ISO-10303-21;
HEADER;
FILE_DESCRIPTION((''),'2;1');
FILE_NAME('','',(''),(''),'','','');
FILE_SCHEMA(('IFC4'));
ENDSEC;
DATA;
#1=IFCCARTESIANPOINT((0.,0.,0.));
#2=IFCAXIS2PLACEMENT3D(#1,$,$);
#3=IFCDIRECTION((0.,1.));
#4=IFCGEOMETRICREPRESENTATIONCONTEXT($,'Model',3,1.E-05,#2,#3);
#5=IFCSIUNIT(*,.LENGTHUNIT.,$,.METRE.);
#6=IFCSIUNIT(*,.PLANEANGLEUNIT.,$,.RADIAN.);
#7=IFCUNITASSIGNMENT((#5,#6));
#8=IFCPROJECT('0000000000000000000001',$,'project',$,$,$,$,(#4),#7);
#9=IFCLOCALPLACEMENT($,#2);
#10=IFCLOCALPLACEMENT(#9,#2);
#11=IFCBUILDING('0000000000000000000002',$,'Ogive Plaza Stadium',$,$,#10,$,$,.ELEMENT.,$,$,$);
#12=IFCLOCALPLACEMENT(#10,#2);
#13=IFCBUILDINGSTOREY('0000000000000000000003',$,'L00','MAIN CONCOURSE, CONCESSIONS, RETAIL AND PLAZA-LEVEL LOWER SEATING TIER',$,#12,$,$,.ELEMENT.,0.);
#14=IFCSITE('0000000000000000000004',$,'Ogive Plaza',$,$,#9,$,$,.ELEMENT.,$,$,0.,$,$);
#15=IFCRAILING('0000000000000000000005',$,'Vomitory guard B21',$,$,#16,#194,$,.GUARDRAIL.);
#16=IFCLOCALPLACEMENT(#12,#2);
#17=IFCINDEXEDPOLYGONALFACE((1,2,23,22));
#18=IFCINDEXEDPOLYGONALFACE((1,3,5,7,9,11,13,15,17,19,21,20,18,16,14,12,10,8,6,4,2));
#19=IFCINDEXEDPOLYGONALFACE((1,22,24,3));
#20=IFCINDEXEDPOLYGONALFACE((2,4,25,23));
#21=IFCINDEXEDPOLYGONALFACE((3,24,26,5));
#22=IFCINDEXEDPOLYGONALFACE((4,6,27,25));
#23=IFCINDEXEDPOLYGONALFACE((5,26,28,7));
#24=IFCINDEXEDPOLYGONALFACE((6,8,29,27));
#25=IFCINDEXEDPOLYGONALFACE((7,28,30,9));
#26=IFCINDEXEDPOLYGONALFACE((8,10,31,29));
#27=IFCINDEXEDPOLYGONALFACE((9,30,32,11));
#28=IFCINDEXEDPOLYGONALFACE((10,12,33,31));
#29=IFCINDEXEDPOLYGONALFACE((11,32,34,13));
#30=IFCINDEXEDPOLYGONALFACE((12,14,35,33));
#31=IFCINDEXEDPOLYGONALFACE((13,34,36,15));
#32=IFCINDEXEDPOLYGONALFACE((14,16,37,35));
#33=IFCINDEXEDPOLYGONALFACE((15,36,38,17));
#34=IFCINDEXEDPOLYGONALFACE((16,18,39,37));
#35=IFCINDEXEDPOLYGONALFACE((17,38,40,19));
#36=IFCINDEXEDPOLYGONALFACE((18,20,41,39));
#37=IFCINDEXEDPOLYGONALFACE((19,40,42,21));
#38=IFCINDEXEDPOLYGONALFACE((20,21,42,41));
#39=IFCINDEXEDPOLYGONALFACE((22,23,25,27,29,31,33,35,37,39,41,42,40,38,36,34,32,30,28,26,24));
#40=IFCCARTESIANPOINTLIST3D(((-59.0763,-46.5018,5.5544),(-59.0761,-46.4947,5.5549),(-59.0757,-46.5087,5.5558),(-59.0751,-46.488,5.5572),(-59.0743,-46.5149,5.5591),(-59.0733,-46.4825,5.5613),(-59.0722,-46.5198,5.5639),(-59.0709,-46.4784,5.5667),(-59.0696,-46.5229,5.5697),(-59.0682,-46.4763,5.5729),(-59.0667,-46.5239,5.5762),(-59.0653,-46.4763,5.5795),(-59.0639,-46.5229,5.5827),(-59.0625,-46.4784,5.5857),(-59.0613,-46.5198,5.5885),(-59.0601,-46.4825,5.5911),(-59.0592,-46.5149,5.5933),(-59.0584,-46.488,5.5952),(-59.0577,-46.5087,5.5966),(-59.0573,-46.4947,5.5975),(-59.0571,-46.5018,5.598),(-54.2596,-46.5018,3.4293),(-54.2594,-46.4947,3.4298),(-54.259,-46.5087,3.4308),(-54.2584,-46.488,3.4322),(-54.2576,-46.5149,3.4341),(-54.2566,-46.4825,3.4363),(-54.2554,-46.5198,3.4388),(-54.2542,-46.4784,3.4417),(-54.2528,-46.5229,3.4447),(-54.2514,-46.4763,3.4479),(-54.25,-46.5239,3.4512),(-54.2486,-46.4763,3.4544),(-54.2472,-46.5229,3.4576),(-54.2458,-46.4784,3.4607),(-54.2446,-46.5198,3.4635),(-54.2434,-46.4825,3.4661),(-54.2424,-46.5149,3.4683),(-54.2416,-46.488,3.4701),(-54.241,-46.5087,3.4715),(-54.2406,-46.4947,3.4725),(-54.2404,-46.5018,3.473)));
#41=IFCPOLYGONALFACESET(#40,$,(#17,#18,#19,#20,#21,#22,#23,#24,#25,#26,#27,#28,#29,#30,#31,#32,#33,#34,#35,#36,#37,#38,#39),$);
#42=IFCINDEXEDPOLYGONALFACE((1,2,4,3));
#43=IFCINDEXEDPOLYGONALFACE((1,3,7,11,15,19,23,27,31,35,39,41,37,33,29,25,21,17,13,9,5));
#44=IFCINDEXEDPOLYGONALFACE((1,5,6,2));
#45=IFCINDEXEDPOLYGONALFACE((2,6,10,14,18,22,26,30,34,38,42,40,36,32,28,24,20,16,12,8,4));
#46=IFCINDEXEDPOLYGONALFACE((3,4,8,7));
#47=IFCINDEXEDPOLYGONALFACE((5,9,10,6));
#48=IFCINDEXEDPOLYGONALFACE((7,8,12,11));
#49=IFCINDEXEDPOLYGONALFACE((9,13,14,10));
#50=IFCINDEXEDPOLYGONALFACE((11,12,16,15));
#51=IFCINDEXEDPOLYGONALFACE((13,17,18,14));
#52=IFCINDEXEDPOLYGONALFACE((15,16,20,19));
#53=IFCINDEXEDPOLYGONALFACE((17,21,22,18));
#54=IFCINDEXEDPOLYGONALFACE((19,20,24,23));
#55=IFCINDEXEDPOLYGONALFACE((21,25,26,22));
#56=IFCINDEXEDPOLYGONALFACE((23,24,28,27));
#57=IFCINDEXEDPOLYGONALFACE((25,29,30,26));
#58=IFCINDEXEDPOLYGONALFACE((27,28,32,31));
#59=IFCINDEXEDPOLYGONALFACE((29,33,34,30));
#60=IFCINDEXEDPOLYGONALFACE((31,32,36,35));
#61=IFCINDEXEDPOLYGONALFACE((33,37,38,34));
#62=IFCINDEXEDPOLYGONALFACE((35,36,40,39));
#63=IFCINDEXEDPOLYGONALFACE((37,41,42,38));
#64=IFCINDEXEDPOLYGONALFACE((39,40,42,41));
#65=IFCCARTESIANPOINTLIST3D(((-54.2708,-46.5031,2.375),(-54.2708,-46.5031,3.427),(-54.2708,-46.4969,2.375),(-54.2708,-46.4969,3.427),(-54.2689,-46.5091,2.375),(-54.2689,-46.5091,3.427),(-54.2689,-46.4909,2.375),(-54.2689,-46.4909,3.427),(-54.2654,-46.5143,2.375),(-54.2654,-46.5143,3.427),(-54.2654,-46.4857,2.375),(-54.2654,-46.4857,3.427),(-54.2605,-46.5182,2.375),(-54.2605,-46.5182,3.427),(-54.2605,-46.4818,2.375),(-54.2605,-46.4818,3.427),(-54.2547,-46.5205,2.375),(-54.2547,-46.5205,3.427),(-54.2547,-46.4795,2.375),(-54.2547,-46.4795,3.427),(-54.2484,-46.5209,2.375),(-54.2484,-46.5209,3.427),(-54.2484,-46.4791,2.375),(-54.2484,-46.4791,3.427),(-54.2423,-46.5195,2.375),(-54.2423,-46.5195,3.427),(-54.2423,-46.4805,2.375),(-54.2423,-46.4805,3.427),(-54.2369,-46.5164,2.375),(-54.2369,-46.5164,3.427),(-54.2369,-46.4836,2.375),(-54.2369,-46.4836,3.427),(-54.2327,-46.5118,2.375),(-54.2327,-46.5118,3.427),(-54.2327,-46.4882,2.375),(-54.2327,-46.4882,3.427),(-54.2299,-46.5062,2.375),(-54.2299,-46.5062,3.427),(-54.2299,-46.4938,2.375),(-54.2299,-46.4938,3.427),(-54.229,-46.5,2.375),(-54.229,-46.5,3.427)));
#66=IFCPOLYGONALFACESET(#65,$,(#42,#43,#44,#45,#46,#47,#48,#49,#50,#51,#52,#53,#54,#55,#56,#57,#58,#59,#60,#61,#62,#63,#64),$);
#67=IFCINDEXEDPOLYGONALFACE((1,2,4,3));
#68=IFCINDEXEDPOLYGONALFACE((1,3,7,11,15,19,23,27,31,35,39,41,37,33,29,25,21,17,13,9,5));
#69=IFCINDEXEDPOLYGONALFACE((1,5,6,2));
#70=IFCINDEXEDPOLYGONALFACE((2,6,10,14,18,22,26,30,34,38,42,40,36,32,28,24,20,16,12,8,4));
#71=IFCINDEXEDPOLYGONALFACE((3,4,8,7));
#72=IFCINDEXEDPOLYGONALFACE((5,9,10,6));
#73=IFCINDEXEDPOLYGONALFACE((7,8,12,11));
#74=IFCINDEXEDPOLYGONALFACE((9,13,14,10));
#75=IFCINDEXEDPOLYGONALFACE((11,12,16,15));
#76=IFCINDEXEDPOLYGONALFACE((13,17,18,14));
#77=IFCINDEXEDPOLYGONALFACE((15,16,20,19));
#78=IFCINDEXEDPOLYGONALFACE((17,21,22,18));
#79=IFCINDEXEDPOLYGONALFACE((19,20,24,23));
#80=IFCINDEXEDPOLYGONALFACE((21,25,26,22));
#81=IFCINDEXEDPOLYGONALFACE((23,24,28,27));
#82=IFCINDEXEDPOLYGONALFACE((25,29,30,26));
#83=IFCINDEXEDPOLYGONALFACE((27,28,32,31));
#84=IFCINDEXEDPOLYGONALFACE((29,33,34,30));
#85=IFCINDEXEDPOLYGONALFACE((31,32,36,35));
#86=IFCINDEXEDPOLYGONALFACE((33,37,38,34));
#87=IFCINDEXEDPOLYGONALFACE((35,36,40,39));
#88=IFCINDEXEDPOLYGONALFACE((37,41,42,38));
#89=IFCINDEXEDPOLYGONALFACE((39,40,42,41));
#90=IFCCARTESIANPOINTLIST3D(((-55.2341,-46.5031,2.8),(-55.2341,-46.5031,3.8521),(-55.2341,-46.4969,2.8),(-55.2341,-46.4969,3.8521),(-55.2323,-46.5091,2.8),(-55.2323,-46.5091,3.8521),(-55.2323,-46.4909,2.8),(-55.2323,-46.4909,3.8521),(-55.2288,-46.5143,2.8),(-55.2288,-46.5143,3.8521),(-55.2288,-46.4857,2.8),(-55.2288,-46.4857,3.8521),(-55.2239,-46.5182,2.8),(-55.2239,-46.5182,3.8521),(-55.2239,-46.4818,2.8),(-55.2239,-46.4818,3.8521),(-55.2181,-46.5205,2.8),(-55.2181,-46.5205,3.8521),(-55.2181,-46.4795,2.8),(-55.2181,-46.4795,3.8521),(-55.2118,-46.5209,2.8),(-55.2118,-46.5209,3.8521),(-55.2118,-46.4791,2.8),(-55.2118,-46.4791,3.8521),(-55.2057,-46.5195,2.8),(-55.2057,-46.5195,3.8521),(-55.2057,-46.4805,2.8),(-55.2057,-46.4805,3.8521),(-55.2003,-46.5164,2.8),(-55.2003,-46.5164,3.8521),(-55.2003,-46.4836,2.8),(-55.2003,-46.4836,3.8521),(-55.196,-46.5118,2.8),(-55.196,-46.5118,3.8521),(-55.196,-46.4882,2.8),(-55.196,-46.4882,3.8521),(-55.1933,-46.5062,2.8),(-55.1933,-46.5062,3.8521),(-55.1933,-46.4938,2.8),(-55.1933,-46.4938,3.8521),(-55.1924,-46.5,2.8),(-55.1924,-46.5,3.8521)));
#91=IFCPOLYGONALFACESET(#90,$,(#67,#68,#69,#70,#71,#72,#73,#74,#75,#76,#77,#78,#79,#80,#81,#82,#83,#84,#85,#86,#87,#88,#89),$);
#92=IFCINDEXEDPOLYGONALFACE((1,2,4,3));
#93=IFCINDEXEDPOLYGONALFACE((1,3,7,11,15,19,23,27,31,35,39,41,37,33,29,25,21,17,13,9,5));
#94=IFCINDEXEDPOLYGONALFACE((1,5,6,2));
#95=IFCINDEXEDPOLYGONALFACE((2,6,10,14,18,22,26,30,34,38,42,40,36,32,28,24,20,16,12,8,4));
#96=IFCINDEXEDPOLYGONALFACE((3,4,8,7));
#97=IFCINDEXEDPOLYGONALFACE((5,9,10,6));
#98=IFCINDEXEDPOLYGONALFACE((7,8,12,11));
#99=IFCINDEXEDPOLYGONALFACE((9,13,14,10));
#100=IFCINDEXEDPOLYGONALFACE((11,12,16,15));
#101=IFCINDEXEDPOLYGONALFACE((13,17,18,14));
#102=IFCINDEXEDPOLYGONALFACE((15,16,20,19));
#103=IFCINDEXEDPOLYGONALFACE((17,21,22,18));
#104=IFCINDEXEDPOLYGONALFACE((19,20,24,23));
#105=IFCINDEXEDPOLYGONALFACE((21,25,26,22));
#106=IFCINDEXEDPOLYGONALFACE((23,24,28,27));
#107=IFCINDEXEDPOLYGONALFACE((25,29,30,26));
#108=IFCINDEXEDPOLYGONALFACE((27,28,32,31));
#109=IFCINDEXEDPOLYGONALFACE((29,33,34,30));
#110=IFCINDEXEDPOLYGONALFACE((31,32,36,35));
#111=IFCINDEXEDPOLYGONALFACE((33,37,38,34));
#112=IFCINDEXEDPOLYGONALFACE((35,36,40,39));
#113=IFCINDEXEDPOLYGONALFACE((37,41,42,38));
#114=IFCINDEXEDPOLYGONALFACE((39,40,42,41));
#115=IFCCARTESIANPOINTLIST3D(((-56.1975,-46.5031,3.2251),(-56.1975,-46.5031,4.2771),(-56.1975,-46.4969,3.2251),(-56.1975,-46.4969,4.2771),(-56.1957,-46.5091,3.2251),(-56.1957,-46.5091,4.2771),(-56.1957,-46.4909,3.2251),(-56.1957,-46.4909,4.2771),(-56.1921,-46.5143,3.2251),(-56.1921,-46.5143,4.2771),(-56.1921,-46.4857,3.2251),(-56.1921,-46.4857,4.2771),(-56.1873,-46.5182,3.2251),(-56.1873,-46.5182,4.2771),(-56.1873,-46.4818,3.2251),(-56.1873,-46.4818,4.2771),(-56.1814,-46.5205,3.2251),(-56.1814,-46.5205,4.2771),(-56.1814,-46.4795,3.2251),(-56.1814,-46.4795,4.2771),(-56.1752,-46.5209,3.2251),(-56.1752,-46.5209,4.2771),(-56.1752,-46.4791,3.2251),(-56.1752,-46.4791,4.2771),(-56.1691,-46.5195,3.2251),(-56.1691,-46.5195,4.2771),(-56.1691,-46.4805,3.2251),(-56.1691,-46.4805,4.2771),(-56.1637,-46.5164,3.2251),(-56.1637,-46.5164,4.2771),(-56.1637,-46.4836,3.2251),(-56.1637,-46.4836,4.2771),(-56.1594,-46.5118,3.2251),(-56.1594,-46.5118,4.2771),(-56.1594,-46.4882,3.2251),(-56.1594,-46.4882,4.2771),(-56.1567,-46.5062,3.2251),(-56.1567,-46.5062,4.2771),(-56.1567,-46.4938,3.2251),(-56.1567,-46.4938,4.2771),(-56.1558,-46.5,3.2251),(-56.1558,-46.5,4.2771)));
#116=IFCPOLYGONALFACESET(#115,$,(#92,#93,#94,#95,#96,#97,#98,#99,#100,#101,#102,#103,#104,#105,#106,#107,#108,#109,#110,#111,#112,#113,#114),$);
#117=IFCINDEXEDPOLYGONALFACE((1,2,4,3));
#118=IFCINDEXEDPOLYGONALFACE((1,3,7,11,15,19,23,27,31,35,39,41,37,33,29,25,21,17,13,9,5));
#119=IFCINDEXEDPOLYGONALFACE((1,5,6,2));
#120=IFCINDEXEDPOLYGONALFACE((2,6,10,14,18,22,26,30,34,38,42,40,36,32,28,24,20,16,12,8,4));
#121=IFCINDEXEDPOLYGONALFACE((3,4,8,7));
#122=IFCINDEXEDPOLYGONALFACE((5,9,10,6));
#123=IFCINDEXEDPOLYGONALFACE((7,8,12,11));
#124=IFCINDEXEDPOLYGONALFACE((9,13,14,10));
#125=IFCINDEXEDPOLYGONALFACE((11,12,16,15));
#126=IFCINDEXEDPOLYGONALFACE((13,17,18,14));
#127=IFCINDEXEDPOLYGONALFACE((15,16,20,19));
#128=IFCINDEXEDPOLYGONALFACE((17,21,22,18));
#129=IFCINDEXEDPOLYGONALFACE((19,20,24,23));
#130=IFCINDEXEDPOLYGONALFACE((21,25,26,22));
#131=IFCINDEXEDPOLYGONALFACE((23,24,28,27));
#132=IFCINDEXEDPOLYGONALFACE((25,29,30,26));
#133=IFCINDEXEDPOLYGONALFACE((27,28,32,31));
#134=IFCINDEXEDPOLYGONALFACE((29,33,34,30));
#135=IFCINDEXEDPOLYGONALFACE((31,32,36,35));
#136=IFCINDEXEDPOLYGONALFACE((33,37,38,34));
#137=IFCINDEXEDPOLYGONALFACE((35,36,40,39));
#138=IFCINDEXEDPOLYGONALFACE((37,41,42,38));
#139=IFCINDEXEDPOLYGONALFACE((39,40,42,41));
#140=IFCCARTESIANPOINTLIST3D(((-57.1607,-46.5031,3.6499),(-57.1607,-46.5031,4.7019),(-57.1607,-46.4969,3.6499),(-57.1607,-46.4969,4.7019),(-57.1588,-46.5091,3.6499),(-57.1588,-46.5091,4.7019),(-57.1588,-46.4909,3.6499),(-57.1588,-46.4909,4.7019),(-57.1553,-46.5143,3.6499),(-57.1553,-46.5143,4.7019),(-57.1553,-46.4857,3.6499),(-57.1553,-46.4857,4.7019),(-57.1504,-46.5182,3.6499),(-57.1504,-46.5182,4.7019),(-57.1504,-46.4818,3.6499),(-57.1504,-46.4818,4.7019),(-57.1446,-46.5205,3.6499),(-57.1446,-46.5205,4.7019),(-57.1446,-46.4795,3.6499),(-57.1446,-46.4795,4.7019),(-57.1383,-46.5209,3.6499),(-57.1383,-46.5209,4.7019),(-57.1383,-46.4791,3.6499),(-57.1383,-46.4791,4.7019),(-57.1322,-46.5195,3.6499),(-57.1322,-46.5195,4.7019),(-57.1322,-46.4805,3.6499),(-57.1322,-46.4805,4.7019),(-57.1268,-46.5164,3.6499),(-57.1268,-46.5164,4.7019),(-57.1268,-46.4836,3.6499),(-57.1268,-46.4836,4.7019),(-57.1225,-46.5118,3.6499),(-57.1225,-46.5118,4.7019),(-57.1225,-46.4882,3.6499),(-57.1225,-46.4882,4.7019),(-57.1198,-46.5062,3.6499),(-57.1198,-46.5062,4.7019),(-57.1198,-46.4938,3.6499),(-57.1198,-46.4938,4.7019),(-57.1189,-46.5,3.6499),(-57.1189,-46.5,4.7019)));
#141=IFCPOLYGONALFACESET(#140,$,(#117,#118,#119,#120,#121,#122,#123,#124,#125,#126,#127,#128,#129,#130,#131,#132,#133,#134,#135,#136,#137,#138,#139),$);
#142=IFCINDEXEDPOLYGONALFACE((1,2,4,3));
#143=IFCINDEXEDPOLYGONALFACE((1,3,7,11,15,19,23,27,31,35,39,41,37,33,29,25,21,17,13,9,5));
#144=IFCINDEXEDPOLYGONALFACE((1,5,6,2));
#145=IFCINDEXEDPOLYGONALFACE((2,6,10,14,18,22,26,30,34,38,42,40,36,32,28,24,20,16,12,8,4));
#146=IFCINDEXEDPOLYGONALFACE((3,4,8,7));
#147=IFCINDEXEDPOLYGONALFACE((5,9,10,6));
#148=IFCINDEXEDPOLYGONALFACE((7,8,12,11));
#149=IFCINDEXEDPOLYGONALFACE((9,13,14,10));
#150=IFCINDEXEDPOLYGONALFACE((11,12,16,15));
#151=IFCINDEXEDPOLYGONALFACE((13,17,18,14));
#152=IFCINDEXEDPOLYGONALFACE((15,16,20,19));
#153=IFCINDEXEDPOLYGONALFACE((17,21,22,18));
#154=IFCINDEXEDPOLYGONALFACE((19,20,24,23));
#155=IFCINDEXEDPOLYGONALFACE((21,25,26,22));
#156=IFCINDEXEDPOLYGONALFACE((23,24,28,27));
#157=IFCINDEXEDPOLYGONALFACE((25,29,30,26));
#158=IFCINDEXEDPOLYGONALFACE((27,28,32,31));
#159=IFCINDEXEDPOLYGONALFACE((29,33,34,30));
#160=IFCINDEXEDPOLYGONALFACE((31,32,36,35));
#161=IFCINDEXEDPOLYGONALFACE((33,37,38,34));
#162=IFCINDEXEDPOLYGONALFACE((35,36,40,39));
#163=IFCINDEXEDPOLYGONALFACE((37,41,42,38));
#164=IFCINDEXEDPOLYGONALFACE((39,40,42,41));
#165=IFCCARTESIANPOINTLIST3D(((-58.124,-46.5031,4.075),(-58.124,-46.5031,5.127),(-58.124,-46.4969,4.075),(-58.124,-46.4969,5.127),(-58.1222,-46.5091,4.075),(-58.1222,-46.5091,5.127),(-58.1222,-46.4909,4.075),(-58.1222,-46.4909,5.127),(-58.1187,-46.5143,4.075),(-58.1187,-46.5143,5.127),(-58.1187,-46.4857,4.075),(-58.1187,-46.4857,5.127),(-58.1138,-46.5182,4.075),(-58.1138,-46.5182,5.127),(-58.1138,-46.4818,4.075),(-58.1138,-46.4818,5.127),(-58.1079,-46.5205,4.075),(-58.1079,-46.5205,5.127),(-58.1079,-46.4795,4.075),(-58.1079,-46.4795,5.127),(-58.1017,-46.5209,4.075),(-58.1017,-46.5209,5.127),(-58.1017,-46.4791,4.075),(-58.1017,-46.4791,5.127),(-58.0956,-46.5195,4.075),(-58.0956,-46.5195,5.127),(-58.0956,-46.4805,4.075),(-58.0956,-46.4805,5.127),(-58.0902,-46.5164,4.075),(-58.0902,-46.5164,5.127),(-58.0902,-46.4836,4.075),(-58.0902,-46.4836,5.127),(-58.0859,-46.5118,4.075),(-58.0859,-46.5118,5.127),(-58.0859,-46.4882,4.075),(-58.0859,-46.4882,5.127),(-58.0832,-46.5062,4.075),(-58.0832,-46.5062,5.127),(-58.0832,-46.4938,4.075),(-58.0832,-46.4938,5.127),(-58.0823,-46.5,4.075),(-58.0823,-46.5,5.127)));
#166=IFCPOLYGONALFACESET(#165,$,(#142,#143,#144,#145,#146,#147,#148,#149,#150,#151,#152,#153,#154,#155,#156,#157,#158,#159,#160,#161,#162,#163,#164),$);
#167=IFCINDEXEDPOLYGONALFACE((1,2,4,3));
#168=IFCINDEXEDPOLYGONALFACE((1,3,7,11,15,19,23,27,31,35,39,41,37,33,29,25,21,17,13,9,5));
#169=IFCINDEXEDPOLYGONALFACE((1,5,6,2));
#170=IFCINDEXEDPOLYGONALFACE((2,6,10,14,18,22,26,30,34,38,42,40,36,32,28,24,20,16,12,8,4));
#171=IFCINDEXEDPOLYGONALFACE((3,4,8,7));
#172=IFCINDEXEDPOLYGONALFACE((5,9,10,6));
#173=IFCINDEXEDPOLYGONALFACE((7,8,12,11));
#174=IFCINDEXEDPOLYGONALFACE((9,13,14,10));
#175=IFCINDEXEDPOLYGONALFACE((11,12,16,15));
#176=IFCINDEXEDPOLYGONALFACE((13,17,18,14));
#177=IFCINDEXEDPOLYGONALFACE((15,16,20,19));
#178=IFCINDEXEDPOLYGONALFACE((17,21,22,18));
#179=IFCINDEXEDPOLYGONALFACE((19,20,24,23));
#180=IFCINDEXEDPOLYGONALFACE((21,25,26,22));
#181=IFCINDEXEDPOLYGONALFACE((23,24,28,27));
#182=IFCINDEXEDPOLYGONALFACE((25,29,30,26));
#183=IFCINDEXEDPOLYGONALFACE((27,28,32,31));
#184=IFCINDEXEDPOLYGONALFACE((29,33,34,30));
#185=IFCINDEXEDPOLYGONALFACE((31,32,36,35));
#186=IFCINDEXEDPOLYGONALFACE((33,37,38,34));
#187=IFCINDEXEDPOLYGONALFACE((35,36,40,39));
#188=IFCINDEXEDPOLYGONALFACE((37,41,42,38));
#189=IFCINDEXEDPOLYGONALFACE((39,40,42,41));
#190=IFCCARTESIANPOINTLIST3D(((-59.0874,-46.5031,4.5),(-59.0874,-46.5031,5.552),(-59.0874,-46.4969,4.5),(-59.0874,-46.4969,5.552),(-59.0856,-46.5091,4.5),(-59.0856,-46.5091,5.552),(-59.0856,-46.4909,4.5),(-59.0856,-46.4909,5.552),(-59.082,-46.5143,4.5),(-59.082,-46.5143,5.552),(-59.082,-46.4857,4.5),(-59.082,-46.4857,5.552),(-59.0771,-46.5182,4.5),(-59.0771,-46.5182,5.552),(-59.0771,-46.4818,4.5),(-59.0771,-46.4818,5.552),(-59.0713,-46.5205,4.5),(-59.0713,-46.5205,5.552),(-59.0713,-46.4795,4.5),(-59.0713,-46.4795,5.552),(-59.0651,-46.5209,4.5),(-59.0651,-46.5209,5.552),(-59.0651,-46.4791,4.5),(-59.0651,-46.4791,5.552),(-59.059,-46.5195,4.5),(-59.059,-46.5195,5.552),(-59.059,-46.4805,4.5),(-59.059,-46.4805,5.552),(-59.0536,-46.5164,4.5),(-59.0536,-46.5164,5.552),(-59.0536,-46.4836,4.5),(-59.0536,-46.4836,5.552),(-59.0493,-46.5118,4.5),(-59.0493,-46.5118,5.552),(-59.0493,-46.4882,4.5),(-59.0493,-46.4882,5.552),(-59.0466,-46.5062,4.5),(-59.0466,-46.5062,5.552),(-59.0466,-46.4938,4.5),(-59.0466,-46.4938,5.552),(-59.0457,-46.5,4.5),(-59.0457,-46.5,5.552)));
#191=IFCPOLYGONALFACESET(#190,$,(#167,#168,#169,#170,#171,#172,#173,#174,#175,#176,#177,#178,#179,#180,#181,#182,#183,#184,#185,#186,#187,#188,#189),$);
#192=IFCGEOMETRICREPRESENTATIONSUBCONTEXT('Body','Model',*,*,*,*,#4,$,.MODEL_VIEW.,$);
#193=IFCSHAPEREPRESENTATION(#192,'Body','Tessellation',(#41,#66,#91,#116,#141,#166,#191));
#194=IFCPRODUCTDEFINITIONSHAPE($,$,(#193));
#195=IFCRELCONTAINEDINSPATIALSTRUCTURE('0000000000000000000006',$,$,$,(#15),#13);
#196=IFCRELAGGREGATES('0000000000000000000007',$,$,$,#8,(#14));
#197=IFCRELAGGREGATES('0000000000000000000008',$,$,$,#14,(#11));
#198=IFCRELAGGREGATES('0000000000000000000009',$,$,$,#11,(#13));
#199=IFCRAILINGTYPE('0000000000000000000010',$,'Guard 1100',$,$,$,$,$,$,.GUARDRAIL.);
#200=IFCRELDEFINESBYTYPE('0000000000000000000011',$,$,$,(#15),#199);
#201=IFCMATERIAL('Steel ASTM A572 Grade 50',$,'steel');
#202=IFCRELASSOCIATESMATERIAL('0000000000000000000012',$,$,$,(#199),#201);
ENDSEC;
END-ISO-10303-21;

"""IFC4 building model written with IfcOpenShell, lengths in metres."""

from ifc_helpers import new_model, si_unit, direction, frame, origin, origin_2d, place, context, subcontext, project, spatial, circle, extrude, material, type_object, element, save


model = new_model("IFC4")

# Units and contexts
model_context = context("Model", 3, precision=1e-05, world=origin(), true_north=direction((0.0, 1.0)))
body_context = subcontext(model_context, "Body", "Model", "MODEL_VIEW")
ifc_project = project(units=[si_unit("LENGTHUNIT", "METRE"), si_unit("PLANEANGLEUNIT", "RADIAN")], contexts=[model_context])

# Site, building, storey
site_placement = place(None, origin())
site = spatial("IfcSite", under=ifc_project, at=site_placement, Name="Ogive Plaza", CompositionType="ELEMENT", RefElevation=0.0)
building_placement = place(site_placement, origin())
building = spatial("IfcBuilding", under=site, at=building_placement, Name="Ogive Plaza Stadium", CompositionType="ELEMENT")
storey_placement = place(building_placement, origin())
storey = spatial("IfcBuildingStorey", under=building, at=storey_placement, Name="L00", Description="MAIN CONCOURSE, CONCESSIONS, RETAIL AND PLAZA-LEVEL LOWER SEATING TIER", CompositionType="ELEMENT", Elevation=0.0)

# Railing
ifc_material_1 = material(Name="Steel ASTM A572 Grade 50", Category="steel")
railing_type = type_object("IfcRailingType", Name="Guard 1100", PredefinedType="GUARDRAIL", material=ifc_material_1)
for number, where, name in (
    (1, (-54.25, -46.5, 2.375), "Vomitory guard B21"),
):
    element("IfcRailing", number, at=place(storey_placement, frame(where)), inside=storey, type_object=railing_type, Name=name, PredefinedType="GUARDRAIL", context=body_context, shape_type="SweptSolid", body=[
        extrude(circle(Radius=0.0239, at=origin_2d()), frame((0.0, 0.0, 1.0762), z_axis=(-0.914917, 0.0, 0.403641), x_axis=(0.0, -1.0, 0.0)), (0.0, 0.0, 1.0), 5.2646),
        extrude(circle(Radius=0.021, at=origin_2d()), origin(), (0.0, 0.0, 1.0), 1.052),
        extrude(circle(Radius=0.021, at=origin_2d()), frame((-0.9634, 0.0, 0.425)), (0.0, 0.0, 1.0), 1.052),
        extrude(circle(Radius=0.021, at=origin_2d()), frame((-1.9268, 0.0, 0.8501)), (0.0, 0.0, 1.0), 1.052),
        extrude(circle(Radius=0.021, at=origin_2d()), frame((-2.8899, 0.0, 1.2749)), (0.0, 0.0, 1.0), 1.052),
        extrude(circle(Radius=0.021, at=origin_2d()), frame((-3.8533, 0.0, 1.7)), (0.0, 0.0, 1.0), 1.052),
        extrude(circle(Radius=0.021, at=origin_2d()), frame((-4.8167, 0.0, 2.125)), (0.0, 0.0, 1.0), 1.052),
    ])

save(model, "model.ifc")
